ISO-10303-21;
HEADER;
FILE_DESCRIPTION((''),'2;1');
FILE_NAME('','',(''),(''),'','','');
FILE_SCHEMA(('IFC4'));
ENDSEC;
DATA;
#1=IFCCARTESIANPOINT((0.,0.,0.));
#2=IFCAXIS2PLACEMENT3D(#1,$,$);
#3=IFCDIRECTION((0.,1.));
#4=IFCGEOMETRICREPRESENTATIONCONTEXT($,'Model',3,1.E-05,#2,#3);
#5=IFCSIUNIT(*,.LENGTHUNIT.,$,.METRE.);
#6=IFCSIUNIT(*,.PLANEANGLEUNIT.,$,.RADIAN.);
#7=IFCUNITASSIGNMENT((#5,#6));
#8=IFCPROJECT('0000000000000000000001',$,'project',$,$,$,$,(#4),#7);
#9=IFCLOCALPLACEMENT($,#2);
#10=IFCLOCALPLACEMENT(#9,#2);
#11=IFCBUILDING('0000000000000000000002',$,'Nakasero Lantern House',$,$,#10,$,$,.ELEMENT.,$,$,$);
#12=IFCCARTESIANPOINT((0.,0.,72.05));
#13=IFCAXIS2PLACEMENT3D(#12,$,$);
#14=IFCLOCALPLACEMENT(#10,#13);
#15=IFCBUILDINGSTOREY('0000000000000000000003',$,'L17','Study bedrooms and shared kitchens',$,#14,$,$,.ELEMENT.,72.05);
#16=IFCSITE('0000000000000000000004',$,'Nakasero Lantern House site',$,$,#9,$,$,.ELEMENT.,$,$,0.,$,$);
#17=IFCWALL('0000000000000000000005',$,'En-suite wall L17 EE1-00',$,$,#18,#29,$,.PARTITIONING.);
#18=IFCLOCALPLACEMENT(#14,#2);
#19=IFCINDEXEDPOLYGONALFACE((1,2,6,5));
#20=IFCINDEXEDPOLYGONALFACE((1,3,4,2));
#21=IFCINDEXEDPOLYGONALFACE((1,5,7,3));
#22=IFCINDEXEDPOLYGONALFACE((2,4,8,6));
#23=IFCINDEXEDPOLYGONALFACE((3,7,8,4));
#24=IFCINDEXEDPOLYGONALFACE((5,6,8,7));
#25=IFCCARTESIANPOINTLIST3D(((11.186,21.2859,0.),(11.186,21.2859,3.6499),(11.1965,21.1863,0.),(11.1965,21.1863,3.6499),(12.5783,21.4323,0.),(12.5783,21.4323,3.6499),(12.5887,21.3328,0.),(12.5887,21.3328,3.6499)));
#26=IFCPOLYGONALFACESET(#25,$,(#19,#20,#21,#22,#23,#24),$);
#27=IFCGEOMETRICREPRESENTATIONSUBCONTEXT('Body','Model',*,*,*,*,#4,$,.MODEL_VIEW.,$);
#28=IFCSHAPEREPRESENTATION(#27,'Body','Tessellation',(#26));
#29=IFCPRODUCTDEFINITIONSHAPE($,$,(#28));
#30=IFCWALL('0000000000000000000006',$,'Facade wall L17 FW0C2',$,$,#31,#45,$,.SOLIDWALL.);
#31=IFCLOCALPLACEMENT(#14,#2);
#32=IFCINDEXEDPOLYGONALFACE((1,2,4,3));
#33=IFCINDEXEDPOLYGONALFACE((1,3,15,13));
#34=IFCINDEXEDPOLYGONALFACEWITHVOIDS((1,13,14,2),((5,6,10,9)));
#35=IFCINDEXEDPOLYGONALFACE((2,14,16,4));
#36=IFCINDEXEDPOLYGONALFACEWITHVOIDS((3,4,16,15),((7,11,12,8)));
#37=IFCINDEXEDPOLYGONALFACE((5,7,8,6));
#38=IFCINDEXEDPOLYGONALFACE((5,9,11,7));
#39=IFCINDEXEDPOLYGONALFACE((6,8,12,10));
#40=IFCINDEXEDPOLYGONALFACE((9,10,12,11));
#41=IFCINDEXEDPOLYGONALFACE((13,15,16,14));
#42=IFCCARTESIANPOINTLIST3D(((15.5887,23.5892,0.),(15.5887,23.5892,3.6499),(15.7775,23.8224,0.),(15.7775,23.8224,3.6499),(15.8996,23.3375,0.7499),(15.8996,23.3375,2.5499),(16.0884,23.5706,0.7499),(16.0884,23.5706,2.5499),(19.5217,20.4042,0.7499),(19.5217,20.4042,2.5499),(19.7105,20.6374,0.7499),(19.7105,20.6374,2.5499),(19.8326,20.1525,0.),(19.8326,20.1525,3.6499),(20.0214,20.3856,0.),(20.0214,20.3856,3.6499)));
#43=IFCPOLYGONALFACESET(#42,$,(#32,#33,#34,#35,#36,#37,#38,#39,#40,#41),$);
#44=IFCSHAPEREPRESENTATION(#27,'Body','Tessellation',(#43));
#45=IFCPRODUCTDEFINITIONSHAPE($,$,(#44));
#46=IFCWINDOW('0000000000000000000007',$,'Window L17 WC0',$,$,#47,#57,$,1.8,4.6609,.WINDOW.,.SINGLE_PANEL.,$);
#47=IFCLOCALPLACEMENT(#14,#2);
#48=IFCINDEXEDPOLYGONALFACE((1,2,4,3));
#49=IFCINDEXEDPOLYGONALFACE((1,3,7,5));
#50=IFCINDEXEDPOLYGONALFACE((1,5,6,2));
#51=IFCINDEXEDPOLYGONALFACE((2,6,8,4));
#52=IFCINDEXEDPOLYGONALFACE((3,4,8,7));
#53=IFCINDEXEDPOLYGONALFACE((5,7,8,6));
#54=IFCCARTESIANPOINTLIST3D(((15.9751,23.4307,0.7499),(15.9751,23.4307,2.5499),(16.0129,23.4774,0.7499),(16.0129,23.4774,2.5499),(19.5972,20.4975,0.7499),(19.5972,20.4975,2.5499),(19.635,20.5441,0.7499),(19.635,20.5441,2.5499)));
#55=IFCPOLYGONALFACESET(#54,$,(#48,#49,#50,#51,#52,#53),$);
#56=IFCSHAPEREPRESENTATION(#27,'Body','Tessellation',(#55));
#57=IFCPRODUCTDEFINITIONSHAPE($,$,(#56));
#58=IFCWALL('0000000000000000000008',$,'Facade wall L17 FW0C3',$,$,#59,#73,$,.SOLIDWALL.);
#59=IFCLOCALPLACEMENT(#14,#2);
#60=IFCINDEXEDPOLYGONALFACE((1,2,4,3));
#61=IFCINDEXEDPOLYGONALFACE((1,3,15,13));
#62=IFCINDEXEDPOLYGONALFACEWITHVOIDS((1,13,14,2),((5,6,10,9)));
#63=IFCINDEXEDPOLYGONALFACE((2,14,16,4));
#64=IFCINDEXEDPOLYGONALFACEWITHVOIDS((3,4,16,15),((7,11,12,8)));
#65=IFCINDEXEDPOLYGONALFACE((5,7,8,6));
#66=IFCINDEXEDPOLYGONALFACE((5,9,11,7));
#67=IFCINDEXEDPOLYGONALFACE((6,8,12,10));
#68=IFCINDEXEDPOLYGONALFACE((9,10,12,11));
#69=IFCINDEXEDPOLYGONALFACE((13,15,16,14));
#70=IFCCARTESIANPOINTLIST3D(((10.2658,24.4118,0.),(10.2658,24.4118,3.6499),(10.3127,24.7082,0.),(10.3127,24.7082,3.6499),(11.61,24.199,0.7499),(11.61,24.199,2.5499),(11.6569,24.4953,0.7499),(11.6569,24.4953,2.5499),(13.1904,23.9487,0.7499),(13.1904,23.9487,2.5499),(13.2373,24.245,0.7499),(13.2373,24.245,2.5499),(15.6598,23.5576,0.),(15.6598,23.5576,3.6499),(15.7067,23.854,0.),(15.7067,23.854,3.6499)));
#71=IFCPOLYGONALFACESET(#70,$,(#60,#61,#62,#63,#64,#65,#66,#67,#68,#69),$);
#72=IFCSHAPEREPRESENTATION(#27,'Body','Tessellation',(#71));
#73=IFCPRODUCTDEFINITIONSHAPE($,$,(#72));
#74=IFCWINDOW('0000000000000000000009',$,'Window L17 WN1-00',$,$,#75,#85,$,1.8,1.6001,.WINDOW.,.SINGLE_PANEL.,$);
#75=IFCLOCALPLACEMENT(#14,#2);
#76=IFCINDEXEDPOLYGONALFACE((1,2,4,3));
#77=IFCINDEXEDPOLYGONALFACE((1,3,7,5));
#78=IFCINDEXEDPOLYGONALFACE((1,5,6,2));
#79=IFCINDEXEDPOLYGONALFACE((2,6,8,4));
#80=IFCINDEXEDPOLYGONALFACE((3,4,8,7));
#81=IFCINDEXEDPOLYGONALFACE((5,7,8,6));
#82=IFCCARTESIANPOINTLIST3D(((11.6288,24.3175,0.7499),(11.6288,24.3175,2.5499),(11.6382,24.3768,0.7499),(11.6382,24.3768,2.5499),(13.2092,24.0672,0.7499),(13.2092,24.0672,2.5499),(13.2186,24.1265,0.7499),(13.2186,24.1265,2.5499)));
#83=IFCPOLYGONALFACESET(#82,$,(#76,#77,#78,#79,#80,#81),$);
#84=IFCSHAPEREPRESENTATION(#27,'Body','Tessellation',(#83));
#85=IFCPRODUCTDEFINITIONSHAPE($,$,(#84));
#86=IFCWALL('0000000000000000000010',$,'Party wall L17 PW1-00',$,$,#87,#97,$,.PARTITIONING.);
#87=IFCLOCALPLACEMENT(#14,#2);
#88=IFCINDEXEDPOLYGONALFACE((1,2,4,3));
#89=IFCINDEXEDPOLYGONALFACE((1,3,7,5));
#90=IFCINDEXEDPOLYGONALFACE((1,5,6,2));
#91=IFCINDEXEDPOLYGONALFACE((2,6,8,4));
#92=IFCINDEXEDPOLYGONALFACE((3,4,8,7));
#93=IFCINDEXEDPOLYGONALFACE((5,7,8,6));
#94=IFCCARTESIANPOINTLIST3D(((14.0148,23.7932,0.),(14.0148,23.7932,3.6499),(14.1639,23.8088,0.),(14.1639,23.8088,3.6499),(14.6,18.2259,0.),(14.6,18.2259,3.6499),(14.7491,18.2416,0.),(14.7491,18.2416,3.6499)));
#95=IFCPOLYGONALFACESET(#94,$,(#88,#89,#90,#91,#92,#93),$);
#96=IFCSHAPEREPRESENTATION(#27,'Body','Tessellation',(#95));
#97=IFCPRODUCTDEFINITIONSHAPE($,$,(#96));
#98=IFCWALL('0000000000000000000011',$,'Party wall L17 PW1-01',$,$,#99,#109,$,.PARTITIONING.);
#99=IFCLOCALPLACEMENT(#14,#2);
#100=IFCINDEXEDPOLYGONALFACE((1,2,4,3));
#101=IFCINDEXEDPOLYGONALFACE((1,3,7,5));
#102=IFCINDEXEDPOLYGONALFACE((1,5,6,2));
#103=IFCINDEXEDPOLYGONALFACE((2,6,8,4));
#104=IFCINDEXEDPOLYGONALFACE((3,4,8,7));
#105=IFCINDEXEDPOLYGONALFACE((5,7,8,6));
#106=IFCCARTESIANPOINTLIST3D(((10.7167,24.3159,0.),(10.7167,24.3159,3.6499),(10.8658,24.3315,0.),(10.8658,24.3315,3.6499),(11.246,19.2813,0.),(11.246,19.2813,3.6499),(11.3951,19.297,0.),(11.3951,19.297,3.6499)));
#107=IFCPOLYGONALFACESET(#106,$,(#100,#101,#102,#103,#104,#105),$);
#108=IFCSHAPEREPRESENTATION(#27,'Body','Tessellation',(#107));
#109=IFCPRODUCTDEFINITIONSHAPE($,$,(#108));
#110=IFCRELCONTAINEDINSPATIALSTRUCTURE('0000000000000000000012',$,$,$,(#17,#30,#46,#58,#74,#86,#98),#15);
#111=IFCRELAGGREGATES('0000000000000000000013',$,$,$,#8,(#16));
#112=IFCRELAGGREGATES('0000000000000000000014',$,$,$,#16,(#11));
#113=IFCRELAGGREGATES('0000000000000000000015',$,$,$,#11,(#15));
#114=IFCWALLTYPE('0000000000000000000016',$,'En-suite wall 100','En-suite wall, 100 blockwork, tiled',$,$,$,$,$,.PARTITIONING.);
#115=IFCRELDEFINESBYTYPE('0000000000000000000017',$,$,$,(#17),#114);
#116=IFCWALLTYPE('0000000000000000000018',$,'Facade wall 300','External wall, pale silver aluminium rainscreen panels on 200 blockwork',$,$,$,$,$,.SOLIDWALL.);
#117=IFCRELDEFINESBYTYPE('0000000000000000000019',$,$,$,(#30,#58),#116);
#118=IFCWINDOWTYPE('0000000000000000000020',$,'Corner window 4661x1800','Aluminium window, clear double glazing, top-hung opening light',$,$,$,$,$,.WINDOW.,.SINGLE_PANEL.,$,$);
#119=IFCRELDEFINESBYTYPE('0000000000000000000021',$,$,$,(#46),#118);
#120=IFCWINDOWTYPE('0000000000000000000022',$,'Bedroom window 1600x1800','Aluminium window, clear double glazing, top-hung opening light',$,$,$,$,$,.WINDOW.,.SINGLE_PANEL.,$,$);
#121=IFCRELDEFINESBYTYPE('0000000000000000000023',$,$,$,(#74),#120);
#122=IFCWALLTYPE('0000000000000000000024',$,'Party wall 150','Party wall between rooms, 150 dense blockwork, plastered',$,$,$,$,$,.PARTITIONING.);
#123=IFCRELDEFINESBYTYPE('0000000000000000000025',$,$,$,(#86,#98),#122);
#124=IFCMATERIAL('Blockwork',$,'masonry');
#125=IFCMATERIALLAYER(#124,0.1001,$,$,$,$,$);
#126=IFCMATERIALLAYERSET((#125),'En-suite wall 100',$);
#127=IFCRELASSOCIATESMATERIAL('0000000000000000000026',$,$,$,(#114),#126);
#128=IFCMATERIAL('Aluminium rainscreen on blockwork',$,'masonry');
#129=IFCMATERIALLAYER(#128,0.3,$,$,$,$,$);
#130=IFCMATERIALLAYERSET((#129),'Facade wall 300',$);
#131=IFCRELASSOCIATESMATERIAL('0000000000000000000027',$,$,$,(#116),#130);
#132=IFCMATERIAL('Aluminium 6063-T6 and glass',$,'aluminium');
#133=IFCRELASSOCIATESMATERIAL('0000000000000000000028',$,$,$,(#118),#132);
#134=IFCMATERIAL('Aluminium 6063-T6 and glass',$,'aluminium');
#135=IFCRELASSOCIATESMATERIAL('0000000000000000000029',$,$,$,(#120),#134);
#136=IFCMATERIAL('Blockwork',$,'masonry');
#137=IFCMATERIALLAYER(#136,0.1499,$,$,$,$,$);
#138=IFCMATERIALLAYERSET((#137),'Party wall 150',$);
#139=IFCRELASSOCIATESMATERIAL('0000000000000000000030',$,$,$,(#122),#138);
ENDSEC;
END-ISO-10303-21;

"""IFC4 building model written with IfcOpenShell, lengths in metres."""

from ifc_helpers import new_model, si_unit, direction, frame, frame_2d, origin, place, context, subcontext, project, spatial, rectangle, extrude, material, layer, layer_set, type_object, element, fill, save


model = new_model("IFC4")

# Units and contexts
model_context = context("Model", 3, precision=1e-05, world=origin(), true_north=direction((0.0, 1.0)))
body_context = subcontext(model_context, "Body", "Model", "MODEL_VIEW")
ifc_project = project(units=[si_unit("LENGTHUNIT", "METRE"), si_unit("PLANEANGLEUNIT", "RADIAN")], contexts=[model_context])

# Site, building, storey
site_placement = place(None, origin())
site = spatial("IfcSite", under=ifc_project, at=site_placement, Name="Nakasero Lantern House site", CompositionType="ELEMENT", RefElevation=0.0)
building_placement = place(site_placement, origin())
building = spatial("IfcBuilding", under=site, at=building_placement, Name="Nakasero Lantern House", CompositionType="ELEMENT")
storey_placement = place(building_placement, frame((0.0, 0.0, 72.05)))
storey = spatial("IfcBuildingStorey", under=building, at=storey_placement, Name="L17", Description="Study bedrooms and shared kitchens", CompositionType="ELEMENT", Elevation=72.05)

# Shared definitions
ifc_material_1 = material(Name="Blockwork", Category="masonry")
ifc_layer_1 = layer(ifc_material_1, 0.1001)
ifc_layer_set_1 = layer_set([ifc_layer_1], Name="En-suite wall 100")
wall_type_1 = type_object("IfcWallType", Name="En-suite wall 100", Description="En-suite wall, 100 blockwork, tiled", PredefinedType="PARTITIONING", material=ifc_layer_set_1)

# Wall
wall_1_placement = place(storey_placement, frame((12.5835, 21.3826, 0.0), z_axis=(0.0, 0.0, 1.0), x_axis=(-0.994511, -0.10463, 0.0)))
element("IfcWall", 1, at=wall_1_placement, inside=storey, type_object=wall_type_1, Name="En-suite wall L17 EE1-00", PredefinedType="PARTITIONING", context=body_context, shape_type="SweptSolid", body=[
    extrude(rectangle(XDim=1.3999, YDim=0.1001, at=frame_2d((0.7, 0.0))), origin(), (0.0, 0.0, 1.0), 3.6499),
])

# Walls, openings, windows
ifc_material_2 = material(Name="Aluminium rainscreen on blockwork", Category="masonry")
ifc_layer_2 = layer(ifc_material_2, 0.3)
ifc_layer_set_2 = layer_set([ifc_layer_2], Name="Facade wall 300")
wall_type_2 = type_object("IfcWallType", Name="Facade wall 300", Description="External wall, pale silver aluminium rainscreen panels on 200 blockwork", PredefinedType="SOLIDWALL", material=ifc_layer_set_2)
wall_2_placement = place(storey_placement, frame((19.927, 20.269, 0.0), z_axis=(0.0, 0.0, 1.0), x_axis=(-0.777135, 0.629335, 0.0)))
wall_2 = element("IfcWall", 2, at=wall_2_placement, inside=storey, type_object=wall_type_2, Name="Facade wall L17 FW0C2", PredefinedType="SOLIDWALL", context=body_context, shape_type="SweptSolid", body=[
    extrude(rectangle(XDim=5.4609, YDim=0.3, at=frame_2d((2.7305, 0.0))), origin(), (0.0, 0.0, 1.0), 3.6499),
])
opening_1_placement = place(wall_2_placement, frame((0.3999, 0.0, 0.75)))
opening_1 = element("IfcOpeningElement", 3, at=opening_1_placement, cuts=wall_2, PredefinedType="OPENING", context=body_context, shape_type="SweptSolid", body=[
    extrude(rectangle(XDim=4.6609, YDim=1.8, at=frame_2d((2.3306, 0.8999))), frame((0.0, 0.1699, 0.0), z_axis=(0.0, -1.0, 0.0), x_axis=(1.0, 0.0, 0.0)), (0.0, 0.0, 1.0), 0.3401),
])
ifc_material_3 = material(Name="Aluminium 6063-T6 and glass", Category="aluminium")
window_type_1 = type_object("IfcWindowType", Name="Corner window 4661x1800", Description="Aluminium window, clear double glazing, top-hung opening light", PartitioningType="SINGLE_PANEL", PredefinedType="WINDOW", material=ifc_material_3)
window_1_placement = place(opening_1_placement, origin())
window_1 = element("IfcWindow", 4, at=window_1_placement, inside=storey, type_object=window_type_1, Name="Window L17 WC0", OverallHeight=1.8, OverallWidth=4.6609, PartitioningType="SINGLE_PANEL", PredefinedType="WINDOW", context=body_context, shape_type="SweptSolid", body=[
    extrude(rectangle(XDim=4.6609, YDim=1.8, at=frame_2d((2.3306, 0.8999))), frame((0.0, 0.03, 0.0), z_axis=(0.0, -1.0, 0.0), x_axis=(1.0, 0.0, 0.0)), (0.0, 0.0, 1.0), 0.0601),
])
fill(opening_1, window_1)
wall_3_placement = place(storey_placement, frame((15.6831, 23.7058, 0.0), z_axis=(0.0, 0.0, 1.0), x_axis=(-0.987691, 0.156419, 0.0)))
wall_3 = element("IfcWall", 5, at=wall_3_placement, inside=storey, type_object=wall_type_2, Name="Facade wall L17 FW0C3", PredefinedType="SOLIDWALL", context=body_context, shape_type="SweptSolid", body=[
    extrude(rectangle(XDim=5.4612, YDim=0.3, at=frame_2d((2.7305, 0.0))), origin(), (0.0, 0.0, 1.0), 3.6499),
])
opening_2_placement = place(wall_3_placement, frame((2.5, 0.0, 0.75)))
opening_2 = element("IfcOpeningElement", 6, at=opening_2_placement, cuts=wall_3, PredefinedType="OPENING", context=body_context, shape_type="SweptSolid", body=[
    extrude(rectangle(XDim=1.6001, YDim=1.8, at=frame_2d((0.8, 0.8999))), frame((0.0, 0.1699, 0.0), z_axis=(0.0, -1.0, 0.0), x_axis=(1.0, 0.0, 0.0)), (0.0, 0.0, 1.0), 0.3401),
])
ifc_material_4 = material(Name="Aluminium 6063-T6 and glass", Category="aluminium")
window_type_2 = type_object("IfcWindowType", Name="Bedroom window 1600x1800", Description="Aluminium window, clear double glazing, top-hung opening light", PartitioningType="SINGLE_PANEL", PredefinedType="WINDOW", material=ifc_material_4)
window_2_placement = place(opening_2_placement, origin())
window_2 = element("IfcWindow", 7, at=window_2_placement, inside=storey, type_object=window_type_2, Name="Window L17 WN1-00", OverallHeight=1.8, OverallWidth=1.6001, PartitioningType="SINGLE_PANEL", PredefinedType="WINDOW", context=body_context, shape_type="SweptSolid", body=[
    extrude(rectangle(XDim=1.6001, YDim=1.8, at=frame_2d((0.8, 0.8999))), frame((0.0, 0.03, 0.0), z_axis=(0.0, -1.0, 0.0), x_axis=(1.0, 0.0, 0.0)), (0.0, 0.0, 1.0), 0.0601),
])
fill(opening_2, window_2)

# Walls
ifc_material_5 = material(Name="Blockwork", Category="masonry")
ifc_layer_3 = layer(ifc_material_5, 0.1499)
ifc_layer_set_3 = layer_set([ifc_layer_3], Name="Party wall 150")
wall_type_3 = type_object("IfcWallType", Name="Party wall 150", Description="Party wall between rooms, 150 dense blockwork, plastered", PredefinedType="PARTITIONING", material=ifc_layer_set_3)
wall_4_placement = place(storey_placement, frame((14.6746, 18.2339, 0.0), z_axis=(0.0, 0.0, 1.0), x_axis=(-0.104542, 0.99452, 0.0)))
element("IfcWall", 8, at=wall_4_placement, inside=storey, type_object=wall_type_3, Name="Party wall L17 PW1-00", PredefinedType="PARTITIONING", context=body_context, shape_type="SweptSolid", body=[
    extrude(rectangle(XDim=5.5979, YDim=0.1499, at=frame_2d((2.7988, 0.0))), origin(), (0.0, 0.0, 1.0), 3.6499),
])
wall_5_placement = place(storey_placement, frame((11.3206, 19.2891, 0.0), z_axis=(0.0, 0.0, 1.0), x_axis=(-0.104559, 0.994519, 0.0)))
element("IfcWall", 9, at=wall_5_placement, inside=storey, type_object=wall_type_3, Name="Party wall L17 PW1-01", PredefinedType="PARTITIONING", context=body_context, shape_type="SweptSolid", body=[
    extrude(rectangle(XDim=5.0623, YDim=0.1499, at=frame_2d((2.5312, 0.0))), origin(), (0.0, 0.0, 1.0), 3.6499),
])

save(model, "model.ifc")
